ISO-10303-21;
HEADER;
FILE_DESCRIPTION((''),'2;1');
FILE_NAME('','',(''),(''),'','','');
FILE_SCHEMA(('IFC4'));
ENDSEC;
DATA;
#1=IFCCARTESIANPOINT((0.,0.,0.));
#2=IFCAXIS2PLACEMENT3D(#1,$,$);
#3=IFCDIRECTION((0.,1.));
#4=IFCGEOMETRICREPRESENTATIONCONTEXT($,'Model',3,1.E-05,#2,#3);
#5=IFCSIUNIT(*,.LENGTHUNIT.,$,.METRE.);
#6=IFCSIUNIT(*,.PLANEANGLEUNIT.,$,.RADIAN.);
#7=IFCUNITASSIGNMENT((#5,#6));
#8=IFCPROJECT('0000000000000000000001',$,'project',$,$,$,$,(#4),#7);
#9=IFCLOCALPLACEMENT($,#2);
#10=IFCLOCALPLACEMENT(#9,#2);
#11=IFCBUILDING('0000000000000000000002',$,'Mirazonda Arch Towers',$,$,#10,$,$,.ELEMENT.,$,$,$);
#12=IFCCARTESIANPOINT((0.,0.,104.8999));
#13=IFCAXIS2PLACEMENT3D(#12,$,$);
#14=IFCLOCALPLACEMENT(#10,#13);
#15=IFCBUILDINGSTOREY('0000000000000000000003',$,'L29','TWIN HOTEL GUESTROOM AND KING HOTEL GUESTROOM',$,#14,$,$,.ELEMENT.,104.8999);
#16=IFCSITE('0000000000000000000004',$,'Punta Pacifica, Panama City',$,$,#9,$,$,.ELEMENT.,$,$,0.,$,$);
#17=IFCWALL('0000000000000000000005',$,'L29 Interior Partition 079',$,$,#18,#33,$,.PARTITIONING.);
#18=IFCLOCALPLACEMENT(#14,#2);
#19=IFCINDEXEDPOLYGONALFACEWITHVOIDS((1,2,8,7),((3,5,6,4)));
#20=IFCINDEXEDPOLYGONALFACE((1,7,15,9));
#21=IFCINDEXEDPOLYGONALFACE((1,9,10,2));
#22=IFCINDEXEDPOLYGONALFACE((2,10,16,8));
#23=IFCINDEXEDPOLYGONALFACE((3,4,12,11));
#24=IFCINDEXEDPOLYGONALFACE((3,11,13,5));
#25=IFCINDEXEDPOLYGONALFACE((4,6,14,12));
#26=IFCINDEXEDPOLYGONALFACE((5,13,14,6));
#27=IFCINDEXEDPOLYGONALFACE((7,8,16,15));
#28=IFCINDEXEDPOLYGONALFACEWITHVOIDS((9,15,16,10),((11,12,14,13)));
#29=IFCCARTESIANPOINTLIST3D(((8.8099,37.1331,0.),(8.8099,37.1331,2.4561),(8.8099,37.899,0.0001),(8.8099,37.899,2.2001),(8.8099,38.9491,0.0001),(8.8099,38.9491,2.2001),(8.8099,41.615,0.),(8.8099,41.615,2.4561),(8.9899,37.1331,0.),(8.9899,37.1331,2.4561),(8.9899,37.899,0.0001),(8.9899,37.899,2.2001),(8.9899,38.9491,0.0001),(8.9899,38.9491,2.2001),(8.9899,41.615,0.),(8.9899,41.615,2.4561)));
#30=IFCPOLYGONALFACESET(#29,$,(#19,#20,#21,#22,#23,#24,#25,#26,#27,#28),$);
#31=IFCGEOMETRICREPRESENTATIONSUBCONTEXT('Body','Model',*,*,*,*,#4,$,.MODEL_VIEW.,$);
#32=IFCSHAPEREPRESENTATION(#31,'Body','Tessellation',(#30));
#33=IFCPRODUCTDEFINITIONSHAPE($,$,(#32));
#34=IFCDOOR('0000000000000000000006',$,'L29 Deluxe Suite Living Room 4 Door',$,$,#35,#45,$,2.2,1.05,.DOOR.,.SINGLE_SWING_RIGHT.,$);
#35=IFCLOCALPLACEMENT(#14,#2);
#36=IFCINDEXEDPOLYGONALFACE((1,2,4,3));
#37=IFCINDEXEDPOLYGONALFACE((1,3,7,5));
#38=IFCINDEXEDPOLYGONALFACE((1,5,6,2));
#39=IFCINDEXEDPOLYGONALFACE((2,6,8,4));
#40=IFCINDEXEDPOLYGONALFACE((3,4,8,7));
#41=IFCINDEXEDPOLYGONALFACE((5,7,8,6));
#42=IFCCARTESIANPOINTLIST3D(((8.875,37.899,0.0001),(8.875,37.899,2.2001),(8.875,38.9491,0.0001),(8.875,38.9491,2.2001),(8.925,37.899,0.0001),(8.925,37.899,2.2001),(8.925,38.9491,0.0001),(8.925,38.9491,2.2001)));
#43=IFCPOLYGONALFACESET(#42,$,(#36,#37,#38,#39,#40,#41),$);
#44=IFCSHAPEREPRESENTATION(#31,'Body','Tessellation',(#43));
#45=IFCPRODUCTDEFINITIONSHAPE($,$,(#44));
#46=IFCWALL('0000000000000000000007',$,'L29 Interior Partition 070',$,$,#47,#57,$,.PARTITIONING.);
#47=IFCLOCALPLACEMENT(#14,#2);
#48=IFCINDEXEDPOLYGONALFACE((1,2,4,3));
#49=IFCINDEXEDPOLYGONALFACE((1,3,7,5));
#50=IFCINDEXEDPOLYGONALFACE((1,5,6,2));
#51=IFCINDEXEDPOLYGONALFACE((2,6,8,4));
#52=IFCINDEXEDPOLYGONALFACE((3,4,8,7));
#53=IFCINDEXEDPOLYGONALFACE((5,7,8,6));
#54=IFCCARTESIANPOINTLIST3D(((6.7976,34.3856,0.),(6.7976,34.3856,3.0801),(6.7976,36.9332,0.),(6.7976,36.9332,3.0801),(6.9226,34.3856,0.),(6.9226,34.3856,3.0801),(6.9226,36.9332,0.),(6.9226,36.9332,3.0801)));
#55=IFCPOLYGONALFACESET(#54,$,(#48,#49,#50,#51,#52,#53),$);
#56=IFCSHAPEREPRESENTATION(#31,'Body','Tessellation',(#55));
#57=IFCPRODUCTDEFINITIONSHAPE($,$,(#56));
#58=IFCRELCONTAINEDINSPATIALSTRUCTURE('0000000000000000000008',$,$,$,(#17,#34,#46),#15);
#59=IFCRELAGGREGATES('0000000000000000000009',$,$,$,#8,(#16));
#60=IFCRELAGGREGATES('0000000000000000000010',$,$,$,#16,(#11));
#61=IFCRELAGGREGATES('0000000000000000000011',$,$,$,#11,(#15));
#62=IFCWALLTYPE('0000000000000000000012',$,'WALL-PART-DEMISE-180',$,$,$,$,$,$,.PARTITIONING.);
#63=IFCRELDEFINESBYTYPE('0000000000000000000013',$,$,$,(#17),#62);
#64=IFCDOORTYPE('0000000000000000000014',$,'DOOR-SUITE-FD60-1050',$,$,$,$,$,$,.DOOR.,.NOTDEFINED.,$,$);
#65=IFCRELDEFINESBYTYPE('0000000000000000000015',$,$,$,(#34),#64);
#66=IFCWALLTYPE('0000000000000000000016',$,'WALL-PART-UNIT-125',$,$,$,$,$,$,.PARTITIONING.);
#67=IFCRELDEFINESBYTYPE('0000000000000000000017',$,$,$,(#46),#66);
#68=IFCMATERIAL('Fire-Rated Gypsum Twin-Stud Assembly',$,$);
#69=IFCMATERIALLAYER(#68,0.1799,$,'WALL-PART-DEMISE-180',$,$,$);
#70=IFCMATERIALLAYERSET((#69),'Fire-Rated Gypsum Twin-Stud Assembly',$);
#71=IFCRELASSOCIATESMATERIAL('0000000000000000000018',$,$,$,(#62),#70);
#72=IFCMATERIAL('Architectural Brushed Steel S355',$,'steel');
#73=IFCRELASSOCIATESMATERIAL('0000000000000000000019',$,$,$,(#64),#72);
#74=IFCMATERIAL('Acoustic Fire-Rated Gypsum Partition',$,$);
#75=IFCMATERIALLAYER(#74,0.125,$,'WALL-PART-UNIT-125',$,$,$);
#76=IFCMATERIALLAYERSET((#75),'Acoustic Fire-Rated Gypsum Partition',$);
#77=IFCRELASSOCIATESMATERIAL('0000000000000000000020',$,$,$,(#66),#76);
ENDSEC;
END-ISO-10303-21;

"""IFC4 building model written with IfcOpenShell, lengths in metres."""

from ifc_helpers import new_model, si_unit, direction, frame, frame_2d, origin, place, context, subcontext, project, spatial, rectangle, extrude, material, layer, layer_set, type_object, element, fill, save


model = new_model("IFC4")

# Units and contexts
model_context = context("Model", 3, precision=1e-05, world=origin(), true_north=direction((0.0, 1.0)))
body_context = subcontext(model_context, "Body", "Model", "MODEL_VIEW")
ifc_project = project(units=[si_unit("LENGTHUNIT", "METRE"), si_unit("PLANEANGLEUNIT", "RADIAN")], contexts=[model_context])

# Site, building, storey
site_placement = place(None, origin())
site = spatial("IfcSite", under=ifc_project, at=site_placement, Name="Punta Pacifica, Panama City", CompositionType="ELEMENT", RefElevation=0.0)
building_placement = place(site_placement, origin())
building = spatial("IfcBuilding", under=site, at=building_placement, Name="Mirazonda Arch Towers", CompositionType="ELEMENT")
storey_placement = place(building_placement, frame((0.0, 0.0, 104.8999)))
storey = spatial("IfcBuildingStorey", under=building, at=storey_placement, Name="L29", Description="TWIN HOTEL GUESTROOM AND KING HOTEL GUESTROOM", CompositionType="ELEMENT", Elevation=104.8999)

# Shared definitions
ifc_material_1 = material(Name="Architectural Brushed Steel S355", Category="steel")

# Shared definitions
ifc_material_2 = material(Name="Fire-Rated Gypsum Twin-Stud Assembly")
ifc_layer_1 = layer(ifc_material_2, 0.1799, Name="WALL-PART-DEMISE-180")
ifc_layer_set_1 = layer_set([ifc_layer_1], Name="Fire-Rated Gypsum Twin-Stud Assembly")
wall_type_1 = type_object("IfcWallType", Name="WALL-PART-DEMISE-180", PredefinedType="PARTITIONING", material=ifc_layer_set_1)
door_type_1 = type_object("IfcDoorType", Name="DOOR-SUITE-FD60-1050", OperationType="NOTDEFINED", PredefinedType="DOOR", material=ifc_material_1)

# Wall, opening, door
wall_1_placement = place(storey_placement, frame((8.8999, 37.1331, 0.0), z_axis=(0.0, 0.0, 1.0), x_axis=(0.0, 1.0, 0.0)))
wall_1 = element("IfcWall", 1, at=wall_1_placement, inside=storey, type_object=wall_type_1, Name="L29 Interior Partition 079", PredefinedType="PARTITIONING", context=body_context, shape_type="SweptSolid", body=[
    extrude(rectangle(XDim=4.4819, YDim=0.1799, at=frame_2d((2.241, 0.0))), origin(), (0.0, 0.0, 1.0), 2.4561),
])
opening_1_placement = place(wall_1_placement, frame((0.7661, 0.0, 0.0)))
opening_1 = element("IfcOpeningElement", 2, at=opening_1_placement, cuts=wall_1, PredefinedType="OPENING", context=body_context, shape_type="SweptSolid", body=[
    extrude(rectangle(XDim=1.05, YDim=2.2, at=frame_2d((0.5249, 1.1001))), frame((0.0, 0.0999, 0.0), z_axis=(0.0, -1.0, 0.0), x_axis=(1.0, 0.0, 0.0)), (0.0, 0.0, 1.0), 0.2),
])
door_1_placement = place(opening_1_placement, origin())
door_1 = element("IfcDoor", 3, at=door_1_placement, inside=storey, type_object=door_type_1, Name="L29 Deluxe Suite Living Room 4 Door", OperationType="SINGLE_SWING_RIGHT", OverallHeight=2.2, OverallWidth=1.05, PredefinedType="DOOR", context=body_context, shape_type="SweptSolid", body=[
    extrude(rectangle(XDim=1.05, YDim=2.2, at=frame_2d((0.5249, 1.1001))), frame((0.0, 0.0249, 0.0), z_axis=(0.0, -1.0, 0.0), x_axis=(1.0, 0.0, 0.0)), (0.0, 0.0, 1.0), 0.05),
])
fill(opening_1, door_1)

# Wall
ifc_material_3 = material(Name="Acoustic Fire-Rated Gypsum Partition")
ifc_layer_2 = layer(ifc_material_3, 0.125, Name="WALL-PART-UNIT-125")
ifc_layer_set_2 = layer_set([ifc_layer_2], Name="Acoustic Fire-Rated Gypsum Partition")
wall_type_2 = type_object("IfcWallType", Name="WALL-PART-UNIT-125", PredefinedType="PARTITIONING", material=ifc_layer_set_2)
wall_2_placement = place(storey_placement, frame((6.8601, 34.3855, 0.0), z_axis=(0.0, 0.0, 1.0), x_axis=(0.0, 1.0, 0.0)))
element("IfcWall", 4, at=wall_2_placement, inside=storey, type_object=wall_type_2, Name="L29 Interior Partition 070", PredefinedType="PARTITIONING", context=body_context, shape_type="SweptSolid", body=[
    extrude(rectangle(XDim=2.5476, YDim=0.125, at=frame_2d((1.2739, 0.0))), origin(), (0.0, 0.0, 1.0), 3.0801),
])

save(model, "model.ifc")
